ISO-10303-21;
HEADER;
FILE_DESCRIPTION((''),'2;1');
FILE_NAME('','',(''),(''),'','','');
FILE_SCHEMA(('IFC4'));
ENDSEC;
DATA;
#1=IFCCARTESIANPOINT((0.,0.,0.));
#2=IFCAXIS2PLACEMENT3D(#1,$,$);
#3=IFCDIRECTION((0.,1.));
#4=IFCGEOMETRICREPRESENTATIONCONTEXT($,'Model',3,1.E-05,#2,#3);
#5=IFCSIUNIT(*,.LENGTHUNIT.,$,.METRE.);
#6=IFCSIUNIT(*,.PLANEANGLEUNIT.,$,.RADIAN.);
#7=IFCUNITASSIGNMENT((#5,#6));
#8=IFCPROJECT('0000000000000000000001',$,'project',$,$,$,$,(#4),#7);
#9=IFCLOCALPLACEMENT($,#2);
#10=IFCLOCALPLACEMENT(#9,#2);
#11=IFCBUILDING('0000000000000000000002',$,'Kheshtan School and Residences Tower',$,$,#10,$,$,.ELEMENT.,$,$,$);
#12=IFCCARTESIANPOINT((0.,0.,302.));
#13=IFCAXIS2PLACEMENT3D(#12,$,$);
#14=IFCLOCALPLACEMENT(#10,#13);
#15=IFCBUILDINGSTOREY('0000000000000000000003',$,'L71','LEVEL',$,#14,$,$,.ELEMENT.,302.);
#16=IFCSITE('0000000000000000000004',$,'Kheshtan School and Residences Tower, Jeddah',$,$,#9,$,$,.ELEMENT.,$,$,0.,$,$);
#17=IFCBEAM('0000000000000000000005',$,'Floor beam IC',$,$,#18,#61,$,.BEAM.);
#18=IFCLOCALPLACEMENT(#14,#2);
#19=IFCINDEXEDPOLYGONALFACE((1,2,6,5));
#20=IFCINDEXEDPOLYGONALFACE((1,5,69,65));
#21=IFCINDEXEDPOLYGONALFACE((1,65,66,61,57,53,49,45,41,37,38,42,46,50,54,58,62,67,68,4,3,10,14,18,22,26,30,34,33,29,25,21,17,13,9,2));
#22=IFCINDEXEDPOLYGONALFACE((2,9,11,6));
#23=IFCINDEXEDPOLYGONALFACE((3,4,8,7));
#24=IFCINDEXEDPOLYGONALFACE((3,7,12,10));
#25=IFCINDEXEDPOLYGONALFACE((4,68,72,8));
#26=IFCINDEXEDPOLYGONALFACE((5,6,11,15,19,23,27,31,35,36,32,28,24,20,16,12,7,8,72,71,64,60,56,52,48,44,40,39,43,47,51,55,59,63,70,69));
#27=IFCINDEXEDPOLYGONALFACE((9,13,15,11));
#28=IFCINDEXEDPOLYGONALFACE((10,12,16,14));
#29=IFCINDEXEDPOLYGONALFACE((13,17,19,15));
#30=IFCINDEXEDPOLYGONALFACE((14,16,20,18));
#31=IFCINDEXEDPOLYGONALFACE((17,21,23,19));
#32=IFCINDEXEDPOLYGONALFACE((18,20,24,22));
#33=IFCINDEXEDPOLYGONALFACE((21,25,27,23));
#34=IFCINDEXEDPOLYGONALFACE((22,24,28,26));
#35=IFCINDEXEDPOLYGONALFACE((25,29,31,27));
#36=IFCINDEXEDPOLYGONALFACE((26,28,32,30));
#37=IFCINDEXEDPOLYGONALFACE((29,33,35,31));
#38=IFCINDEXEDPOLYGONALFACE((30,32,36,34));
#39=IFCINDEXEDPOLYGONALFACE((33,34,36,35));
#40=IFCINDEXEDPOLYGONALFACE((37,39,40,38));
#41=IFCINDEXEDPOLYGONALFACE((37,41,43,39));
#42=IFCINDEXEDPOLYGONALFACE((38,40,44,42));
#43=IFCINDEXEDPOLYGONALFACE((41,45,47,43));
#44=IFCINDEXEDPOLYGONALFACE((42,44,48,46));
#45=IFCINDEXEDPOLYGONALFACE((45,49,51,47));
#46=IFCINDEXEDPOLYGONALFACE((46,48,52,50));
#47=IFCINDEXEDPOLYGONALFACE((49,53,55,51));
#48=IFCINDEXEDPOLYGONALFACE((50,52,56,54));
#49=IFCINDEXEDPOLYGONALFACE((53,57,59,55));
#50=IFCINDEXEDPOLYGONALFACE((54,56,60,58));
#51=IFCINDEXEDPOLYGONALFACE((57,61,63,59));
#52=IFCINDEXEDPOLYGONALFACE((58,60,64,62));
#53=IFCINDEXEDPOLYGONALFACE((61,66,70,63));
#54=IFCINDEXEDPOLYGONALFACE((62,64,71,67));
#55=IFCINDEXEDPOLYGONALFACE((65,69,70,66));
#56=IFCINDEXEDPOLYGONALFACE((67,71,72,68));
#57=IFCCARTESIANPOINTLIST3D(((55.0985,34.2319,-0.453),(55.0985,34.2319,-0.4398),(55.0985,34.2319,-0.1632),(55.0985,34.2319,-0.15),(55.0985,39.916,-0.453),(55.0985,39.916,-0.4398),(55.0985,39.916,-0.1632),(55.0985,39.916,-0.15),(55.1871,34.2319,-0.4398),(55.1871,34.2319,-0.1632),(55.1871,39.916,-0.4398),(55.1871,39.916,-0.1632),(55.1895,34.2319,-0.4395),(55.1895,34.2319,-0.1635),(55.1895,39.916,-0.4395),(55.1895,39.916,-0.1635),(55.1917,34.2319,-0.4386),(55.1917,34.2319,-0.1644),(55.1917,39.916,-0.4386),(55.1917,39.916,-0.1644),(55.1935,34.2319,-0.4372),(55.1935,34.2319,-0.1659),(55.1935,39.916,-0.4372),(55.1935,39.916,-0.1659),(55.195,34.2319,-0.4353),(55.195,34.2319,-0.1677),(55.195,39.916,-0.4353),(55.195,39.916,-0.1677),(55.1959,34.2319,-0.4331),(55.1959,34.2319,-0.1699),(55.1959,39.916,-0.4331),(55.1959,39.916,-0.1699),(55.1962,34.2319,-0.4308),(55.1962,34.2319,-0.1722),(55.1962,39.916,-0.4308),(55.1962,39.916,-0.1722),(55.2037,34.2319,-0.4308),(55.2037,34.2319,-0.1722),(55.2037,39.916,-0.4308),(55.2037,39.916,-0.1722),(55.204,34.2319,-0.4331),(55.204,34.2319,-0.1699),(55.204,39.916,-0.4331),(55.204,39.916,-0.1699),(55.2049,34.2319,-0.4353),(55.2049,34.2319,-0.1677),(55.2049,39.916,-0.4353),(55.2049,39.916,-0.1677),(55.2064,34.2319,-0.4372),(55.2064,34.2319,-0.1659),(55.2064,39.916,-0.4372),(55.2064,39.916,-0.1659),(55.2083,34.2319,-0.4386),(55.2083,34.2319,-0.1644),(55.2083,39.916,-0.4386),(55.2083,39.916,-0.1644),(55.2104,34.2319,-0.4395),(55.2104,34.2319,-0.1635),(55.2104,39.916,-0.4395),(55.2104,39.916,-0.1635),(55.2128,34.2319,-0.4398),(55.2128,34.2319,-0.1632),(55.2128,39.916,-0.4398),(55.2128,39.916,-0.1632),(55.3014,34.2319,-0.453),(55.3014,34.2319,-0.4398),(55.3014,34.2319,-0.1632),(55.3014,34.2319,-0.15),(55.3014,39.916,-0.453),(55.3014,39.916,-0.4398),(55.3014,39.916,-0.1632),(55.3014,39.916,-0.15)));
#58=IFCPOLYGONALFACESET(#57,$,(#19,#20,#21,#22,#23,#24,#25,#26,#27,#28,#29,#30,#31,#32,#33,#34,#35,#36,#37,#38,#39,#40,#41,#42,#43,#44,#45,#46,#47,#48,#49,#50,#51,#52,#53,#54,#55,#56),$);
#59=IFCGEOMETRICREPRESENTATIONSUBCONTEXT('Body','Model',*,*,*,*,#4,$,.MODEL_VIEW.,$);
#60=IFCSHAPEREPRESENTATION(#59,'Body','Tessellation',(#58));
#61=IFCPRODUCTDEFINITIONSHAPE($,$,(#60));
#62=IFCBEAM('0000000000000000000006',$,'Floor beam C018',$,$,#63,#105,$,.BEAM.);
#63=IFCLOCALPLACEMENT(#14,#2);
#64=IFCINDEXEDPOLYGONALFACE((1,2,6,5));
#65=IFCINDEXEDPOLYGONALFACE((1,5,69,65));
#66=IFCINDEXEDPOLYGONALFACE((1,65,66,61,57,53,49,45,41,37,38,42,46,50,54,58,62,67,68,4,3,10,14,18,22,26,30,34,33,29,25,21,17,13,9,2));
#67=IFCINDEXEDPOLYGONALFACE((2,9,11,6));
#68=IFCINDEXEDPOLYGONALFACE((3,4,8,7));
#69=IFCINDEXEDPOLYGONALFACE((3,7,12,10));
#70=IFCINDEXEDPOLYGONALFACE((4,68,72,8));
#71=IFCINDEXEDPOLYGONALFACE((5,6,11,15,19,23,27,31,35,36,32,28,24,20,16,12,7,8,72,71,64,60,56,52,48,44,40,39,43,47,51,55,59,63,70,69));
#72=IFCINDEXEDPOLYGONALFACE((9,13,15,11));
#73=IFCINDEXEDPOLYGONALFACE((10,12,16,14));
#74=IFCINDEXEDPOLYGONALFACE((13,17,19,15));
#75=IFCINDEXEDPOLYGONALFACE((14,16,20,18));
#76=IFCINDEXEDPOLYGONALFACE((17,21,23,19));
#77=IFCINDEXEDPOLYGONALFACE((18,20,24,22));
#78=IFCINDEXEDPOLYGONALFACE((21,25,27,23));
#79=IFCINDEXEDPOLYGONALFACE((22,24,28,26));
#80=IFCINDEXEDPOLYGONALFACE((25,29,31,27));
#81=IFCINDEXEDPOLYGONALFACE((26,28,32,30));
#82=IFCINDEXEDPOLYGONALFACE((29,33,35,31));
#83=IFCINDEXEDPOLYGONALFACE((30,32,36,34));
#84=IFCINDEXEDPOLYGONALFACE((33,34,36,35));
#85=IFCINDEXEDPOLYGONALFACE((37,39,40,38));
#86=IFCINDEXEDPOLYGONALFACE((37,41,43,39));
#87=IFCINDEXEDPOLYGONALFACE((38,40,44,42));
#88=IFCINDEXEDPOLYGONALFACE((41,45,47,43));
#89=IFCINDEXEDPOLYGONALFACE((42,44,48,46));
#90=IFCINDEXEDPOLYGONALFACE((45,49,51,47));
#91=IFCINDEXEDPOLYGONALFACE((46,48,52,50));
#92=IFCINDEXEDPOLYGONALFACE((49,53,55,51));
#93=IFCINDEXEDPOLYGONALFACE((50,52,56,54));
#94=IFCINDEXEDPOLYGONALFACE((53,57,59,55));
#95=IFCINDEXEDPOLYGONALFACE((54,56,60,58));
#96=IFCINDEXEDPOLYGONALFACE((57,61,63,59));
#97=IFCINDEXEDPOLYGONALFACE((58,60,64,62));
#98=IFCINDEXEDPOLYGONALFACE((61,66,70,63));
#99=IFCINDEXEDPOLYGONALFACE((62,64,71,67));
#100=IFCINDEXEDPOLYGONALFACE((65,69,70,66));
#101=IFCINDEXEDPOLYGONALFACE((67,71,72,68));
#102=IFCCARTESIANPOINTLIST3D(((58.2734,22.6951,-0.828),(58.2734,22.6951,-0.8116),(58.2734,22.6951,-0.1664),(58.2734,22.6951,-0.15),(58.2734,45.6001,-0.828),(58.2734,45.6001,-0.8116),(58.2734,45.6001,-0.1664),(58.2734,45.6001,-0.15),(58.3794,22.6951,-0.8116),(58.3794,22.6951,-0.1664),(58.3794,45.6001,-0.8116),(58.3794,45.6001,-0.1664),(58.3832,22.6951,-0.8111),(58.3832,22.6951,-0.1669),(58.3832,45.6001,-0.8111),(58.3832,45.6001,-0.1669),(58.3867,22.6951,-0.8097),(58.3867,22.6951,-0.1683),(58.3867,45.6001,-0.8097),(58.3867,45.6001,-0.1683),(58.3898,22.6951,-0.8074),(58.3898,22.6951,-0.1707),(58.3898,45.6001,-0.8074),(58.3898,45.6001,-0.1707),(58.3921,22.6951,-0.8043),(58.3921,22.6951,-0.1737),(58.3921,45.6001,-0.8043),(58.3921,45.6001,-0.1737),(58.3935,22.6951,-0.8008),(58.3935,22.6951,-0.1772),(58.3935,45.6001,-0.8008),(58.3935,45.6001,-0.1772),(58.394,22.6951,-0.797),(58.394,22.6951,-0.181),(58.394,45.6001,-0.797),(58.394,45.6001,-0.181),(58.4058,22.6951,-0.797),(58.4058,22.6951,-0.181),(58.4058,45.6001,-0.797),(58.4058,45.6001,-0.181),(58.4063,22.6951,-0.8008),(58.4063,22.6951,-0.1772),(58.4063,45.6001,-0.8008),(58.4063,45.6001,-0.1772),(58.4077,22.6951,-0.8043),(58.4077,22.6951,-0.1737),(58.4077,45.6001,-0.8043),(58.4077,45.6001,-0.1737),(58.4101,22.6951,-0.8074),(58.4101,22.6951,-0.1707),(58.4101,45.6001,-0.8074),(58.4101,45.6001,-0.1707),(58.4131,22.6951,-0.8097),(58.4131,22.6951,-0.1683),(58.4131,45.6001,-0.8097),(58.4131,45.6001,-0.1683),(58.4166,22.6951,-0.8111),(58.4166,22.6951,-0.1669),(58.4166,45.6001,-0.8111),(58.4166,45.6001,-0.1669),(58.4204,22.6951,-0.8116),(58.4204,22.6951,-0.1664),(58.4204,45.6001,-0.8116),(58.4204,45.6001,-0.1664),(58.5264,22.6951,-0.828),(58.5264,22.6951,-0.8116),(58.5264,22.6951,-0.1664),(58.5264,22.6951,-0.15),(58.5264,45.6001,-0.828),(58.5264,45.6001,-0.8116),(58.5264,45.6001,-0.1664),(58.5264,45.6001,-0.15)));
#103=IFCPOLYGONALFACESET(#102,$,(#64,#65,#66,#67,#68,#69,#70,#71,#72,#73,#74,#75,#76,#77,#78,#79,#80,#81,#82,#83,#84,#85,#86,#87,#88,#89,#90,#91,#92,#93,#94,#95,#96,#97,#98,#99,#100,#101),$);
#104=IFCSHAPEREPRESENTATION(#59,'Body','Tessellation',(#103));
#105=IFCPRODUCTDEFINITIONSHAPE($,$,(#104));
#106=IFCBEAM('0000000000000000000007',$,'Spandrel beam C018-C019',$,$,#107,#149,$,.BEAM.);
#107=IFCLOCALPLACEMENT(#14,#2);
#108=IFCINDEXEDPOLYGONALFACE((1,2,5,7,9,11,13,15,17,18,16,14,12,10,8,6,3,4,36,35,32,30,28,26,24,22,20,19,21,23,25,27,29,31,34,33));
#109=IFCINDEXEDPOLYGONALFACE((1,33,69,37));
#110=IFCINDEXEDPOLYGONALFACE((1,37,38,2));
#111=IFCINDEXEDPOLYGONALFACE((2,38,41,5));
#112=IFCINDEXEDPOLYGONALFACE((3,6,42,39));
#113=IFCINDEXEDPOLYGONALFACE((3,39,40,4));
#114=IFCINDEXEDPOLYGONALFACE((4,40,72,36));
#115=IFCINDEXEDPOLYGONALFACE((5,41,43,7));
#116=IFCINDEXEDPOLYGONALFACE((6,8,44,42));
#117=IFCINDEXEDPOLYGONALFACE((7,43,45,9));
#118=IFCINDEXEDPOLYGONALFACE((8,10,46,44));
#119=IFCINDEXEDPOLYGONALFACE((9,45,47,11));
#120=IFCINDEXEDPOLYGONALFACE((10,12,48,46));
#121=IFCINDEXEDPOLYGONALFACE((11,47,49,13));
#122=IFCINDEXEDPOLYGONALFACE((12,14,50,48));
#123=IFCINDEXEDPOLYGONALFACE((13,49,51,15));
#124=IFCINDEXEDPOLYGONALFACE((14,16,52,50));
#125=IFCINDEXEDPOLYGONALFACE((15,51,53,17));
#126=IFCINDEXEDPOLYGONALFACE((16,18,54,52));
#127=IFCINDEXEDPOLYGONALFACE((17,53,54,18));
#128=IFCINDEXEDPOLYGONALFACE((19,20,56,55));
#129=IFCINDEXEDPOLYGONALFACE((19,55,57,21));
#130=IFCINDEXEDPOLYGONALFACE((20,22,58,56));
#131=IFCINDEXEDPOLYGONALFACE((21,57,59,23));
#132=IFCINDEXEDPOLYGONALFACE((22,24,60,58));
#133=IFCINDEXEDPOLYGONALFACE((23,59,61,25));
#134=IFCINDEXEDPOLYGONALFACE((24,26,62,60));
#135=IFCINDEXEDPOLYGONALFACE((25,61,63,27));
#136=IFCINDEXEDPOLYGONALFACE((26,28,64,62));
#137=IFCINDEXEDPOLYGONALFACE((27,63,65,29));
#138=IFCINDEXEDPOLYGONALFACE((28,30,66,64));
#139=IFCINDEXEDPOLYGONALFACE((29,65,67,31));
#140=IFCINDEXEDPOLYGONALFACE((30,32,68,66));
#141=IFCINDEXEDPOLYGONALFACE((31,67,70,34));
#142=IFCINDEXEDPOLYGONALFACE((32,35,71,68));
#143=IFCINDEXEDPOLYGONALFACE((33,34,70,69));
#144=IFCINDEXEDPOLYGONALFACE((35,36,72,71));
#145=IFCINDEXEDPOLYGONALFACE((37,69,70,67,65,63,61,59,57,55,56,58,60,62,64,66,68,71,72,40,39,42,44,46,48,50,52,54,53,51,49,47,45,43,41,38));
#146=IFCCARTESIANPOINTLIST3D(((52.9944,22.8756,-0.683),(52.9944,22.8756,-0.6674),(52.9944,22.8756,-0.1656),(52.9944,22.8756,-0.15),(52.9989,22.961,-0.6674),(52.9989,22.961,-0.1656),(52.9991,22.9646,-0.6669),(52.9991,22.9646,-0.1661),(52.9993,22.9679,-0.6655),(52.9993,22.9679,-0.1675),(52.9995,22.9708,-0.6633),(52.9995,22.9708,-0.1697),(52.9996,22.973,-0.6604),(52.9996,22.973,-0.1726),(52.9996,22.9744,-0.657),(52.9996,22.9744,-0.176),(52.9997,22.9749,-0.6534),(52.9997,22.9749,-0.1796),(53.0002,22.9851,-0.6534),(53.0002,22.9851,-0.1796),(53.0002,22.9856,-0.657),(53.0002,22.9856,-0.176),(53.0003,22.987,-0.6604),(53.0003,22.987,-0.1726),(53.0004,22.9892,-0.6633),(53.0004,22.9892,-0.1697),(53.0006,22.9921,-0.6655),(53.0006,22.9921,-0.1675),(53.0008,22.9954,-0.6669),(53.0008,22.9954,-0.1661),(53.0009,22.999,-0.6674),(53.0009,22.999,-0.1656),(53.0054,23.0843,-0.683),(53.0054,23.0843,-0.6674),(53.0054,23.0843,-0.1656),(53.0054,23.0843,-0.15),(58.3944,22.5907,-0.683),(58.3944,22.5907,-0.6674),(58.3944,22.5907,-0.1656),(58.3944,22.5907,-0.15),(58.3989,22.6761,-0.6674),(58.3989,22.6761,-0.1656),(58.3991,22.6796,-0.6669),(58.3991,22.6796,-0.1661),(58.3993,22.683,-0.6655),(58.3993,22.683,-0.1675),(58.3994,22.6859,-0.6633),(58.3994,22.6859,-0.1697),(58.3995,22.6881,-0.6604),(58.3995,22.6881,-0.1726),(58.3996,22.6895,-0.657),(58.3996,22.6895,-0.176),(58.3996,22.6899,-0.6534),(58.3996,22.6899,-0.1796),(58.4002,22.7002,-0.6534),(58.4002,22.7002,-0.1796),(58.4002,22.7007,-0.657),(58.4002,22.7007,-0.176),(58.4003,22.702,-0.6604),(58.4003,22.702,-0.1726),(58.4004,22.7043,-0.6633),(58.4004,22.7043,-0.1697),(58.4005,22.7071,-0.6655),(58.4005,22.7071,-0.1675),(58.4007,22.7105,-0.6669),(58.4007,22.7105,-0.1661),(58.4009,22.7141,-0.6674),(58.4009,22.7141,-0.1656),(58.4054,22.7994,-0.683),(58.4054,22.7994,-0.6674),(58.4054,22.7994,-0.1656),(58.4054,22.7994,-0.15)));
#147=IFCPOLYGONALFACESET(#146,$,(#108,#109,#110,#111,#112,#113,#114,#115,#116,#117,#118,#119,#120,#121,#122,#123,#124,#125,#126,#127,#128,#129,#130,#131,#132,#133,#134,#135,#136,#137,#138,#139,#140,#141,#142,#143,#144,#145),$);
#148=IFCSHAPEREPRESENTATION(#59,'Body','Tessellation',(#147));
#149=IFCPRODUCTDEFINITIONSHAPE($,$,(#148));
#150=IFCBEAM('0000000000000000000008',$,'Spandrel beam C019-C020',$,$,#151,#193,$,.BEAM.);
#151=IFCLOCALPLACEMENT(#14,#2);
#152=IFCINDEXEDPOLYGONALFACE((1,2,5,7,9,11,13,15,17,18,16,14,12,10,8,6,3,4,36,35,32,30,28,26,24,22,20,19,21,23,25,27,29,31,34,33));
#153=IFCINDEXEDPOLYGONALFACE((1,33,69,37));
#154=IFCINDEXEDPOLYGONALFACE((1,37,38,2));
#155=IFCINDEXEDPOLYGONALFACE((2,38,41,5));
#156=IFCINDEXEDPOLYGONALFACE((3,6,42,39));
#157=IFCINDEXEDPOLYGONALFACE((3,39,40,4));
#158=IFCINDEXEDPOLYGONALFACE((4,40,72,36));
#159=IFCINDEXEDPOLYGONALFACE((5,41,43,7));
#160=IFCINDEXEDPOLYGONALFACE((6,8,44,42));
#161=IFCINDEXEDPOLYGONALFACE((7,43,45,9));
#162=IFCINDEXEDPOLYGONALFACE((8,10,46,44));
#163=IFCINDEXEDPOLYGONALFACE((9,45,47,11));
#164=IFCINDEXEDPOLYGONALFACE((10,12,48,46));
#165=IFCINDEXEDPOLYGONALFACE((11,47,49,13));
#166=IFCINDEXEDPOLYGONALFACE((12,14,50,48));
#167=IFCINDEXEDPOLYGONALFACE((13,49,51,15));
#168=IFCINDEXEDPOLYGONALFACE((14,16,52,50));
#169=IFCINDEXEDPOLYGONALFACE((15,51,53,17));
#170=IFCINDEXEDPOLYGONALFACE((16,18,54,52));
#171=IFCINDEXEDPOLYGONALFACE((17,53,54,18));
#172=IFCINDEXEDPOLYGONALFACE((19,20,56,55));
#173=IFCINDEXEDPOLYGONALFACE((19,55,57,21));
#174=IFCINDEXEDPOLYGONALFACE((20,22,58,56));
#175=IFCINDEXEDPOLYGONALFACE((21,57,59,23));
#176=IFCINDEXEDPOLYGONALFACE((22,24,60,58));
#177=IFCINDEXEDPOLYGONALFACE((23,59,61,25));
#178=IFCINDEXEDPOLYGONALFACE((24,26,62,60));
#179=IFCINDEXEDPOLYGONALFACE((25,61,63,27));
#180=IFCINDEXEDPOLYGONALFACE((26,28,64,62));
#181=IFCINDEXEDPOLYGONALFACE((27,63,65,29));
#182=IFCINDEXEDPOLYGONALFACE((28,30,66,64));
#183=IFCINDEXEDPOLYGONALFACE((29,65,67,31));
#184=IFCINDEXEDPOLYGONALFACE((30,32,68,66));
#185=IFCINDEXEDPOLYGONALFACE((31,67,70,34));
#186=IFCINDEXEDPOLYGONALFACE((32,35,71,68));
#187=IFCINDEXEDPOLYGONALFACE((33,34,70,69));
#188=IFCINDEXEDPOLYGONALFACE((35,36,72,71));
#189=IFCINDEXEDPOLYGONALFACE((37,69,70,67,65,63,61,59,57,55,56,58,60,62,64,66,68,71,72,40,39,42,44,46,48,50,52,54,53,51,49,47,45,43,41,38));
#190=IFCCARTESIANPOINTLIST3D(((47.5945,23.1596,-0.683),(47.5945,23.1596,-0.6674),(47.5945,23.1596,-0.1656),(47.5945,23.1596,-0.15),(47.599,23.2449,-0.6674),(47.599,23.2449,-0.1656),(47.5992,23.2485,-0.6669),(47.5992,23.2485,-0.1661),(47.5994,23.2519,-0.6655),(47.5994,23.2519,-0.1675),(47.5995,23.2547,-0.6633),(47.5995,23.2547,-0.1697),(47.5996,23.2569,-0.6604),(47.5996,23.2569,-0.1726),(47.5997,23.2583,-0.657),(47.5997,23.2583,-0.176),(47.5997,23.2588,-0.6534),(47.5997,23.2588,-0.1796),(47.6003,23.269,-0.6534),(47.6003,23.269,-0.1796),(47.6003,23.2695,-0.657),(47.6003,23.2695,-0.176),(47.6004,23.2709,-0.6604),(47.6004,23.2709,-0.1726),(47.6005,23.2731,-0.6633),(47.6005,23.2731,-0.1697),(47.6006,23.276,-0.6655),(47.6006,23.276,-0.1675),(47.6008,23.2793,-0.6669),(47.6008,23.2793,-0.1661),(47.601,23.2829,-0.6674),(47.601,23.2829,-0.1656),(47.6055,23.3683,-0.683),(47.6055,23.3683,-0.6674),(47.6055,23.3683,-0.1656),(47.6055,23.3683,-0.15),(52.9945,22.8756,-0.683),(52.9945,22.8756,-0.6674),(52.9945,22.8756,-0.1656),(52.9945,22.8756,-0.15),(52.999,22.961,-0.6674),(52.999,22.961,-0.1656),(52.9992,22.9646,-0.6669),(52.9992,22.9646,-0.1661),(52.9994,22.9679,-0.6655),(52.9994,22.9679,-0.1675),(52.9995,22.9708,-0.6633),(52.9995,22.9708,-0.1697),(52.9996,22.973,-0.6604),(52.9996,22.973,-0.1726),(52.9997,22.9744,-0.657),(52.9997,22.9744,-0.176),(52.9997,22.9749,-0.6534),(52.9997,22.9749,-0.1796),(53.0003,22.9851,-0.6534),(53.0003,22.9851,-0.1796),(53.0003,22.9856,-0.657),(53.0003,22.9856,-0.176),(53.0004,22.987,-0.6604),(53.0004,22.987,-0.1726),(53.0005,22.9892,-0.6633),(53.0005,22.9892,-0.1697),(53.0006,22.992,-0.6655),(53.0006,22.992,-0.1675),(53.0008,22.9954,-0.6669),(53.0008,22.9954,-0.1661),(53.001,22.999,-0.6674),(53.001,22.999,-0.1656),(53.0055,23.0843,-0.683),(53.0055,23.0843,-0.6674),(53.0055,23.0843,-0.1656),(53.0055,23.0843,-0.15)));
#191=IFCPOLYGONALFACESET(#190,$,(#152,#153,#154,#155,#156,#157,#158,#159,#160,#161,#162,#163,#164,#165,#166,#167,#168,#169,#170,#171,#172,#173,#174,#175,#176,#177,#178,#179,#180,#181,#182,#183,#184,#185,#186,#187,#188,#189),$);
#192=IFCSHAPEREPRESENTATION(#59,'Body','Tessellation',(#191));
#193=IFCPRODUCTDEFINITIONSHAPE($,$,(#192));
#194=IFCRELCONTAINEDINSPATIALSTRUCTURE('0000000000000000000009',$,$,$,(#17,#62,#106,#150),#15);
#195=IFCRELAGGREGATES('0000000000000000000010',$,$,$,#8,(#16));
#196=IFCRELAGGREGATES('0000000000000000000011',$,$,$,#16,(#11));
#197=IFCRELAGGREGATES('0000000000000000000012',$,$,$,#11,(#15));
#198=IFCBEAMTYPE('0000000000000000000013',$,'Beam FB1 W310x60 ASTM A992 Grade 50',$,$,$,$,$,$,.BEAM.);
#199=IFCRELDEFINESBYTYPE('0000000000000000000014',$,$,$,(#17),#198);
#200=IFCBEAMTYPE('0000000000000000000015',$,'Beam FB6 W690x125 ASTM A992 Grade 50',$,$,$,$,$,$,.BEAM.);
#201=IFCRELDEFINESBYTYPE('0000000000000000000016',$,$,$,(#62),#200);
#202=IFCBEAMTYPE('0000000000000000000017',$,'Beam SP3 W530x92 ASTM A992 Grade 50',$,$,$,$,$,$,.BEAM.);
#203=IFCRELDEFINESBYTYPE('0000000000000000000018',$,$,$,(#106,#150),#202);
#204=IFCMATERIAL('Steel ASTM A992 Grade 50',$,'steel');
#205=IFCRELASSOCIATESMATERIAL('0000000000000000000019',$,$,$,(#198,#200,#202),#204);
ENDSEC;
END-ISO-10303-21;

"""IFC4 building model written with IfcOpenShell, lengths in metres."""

from ifc_helpers import new_model, si_unit, direction, frame, origin, origin_2d, place, context, subcontext, project, spatial, i_section, extrude, material, material_profile, profile_set, type_object, element, save


model = new_model("IFC4")

# Units and contexts
model_context = context("Model", 3, precision=1e-05, world=origin(), true_north=direction((0.0, 1.0)))
body_context = subcontext(model_context, "Body", "Model", "MODEL_VIEW")
ifc_project = project(units=[si_unit("LENGTHUNIT", "METRE"), si_unit("PLANEANGLEUNIT", "RADIAN")], contexts=[model_context])

# Site, building, storey
site_placement = place(None, origin())
site = spatial("IfcSite", under=ifc_project, at=site_placement, Name="Kheshtan School and Residences Tower, Jeddah", CompositionType="ELEMENT", RefElevation=0.0)
building_placement = place(site_placement, origin())
building = spatial("IfcBuilding", under=site, at=building_placement, Name="Kheshtan School and Residences Tower", CompositionType="ELEMENT")
storey_placement = place(building_placement, frame((0.0, 0.0, 302.0)))
storey = spatial("IfcBuildingStorey", under=building, at=storey_placement, Name="L71", Description="LEVEL", CompositionType="ELEMENT", Elevation=302.0)

# Shared definitions
ifc_material_1 = material(Name="Steel ASTM A992 Grade 50", Category="steel")

# Beams
ifc_material_profile_1 = material_profile(ifc_material_1, i_section(OverallWidth=0.2029, OverallDepth=0.303, WebThickness=0.0076, FlangeThickness=0.0132, FilletRadius=0.009, at=origin_2d()), Name="W310x60")
ifc_profile_set_1 = profile_set([ifc_material_profile_1], Name="Steel ASTM A992 Grade 50")
beam_type_1 = type_object("IfcBeamType", Name="Beam FB1 W310x60 ASTM A992 Grade 50", PredefinedType="BEAM", material=ifc_profile_set_1)
beam_1_placement = place(storey_placement, frame((55.2, 34.2319, -0.3015), z_axis=(0.0, 1.0, 0.0), x_axis=(-1.0, 0.0, 0.0)))
element("IfcBeam", 1, at=beam_1_placement, inside=storey, type_object=beam_type_1, Name="Floor beam IC", PredefinedType="BEAM", context=body_context, shape_type="SweptSolid", body=[
    extrude(i_section(OverallWidth=0.2029, OverallDepth=0.303, WebThickness=0.0076, FlangeThickness=0.0132, FilletRadius=0.009, at=origin_2d()), origin(), (0.0, 0.0, 1.0), 5.6841),
])
ifc_material_profile_2 = material_profile(ifc_material_1, i_section(OverallWidth=0.2529, OverallDepth=0.678, WebThickness=0.0117, FlangeThickness=0.0164, FilletRadius=0.0146, at=origin_2d()), Name="W690x125")
ifc_profile_set_2 = profile_set([ifc_material_profile_2], Name="Steel ASTM A992 Grade 50")
beam_type_2 = type_object("IfcBeamType", Name="Beam FB6 W690x125 ASTM A992 Grade 50", PredefinedType="BEAM", material=ifc_profile_set_2)
beam_2_placement = place(storey_placement, frame((58.3999, 22.6951, -0.489), z_axis=(0.0, 1.0, 0.0), x_axis=(-1.0, 0.0, 0.0)))
element("IfcBeam", 2, at=beam_2_placement, inside=storey, type_object=beam_type_2, Name="Floor beam C018", PredefinedType="BEAM", context=body_context, shape_type="SweptSolid", body=[
    extrude(i_section(OverallWidth=0.2529, OverallDepth=0.678, WebThickness=0.0117, FlangeThickness=0.0164, FilletRadius=0.0146, at=origin_2d()), origin(), (0.0, 0.0, 1.0), 22.905),
])
ifc_material_profile_3 = material_profile(ifc_material_1, i_section(OverallWidth=0.209, OverallDepth=0.533, WebThickness=0.0103, FlangeThickness=0.0156, FilletRadius=0.0139, at=origin_2d()), Name="W530x92")
ifc_profile_set_3 = profile_set([ifc_material_profile_3], Name="Steel ASTM A992 Grade 50")
beam_type_3 = type_object("IfcBeamType", Name="Beam SP3 W530x92 ASTM A992 Grade 50", PredefinedType="BEAM", material=ifc_profile_set_3)
for number, where, z_axis, x_axis, name in (
    (3, (58.3999, 22.6951, -0.4165), (-0.998611, 0.052689, 0.0), (-0.052689, -0.998611, 0.0), "Spandrel beam C018-C019"),
    (4, (53.0, 22.98, -0.4165), (-0.99862, 0.052509, 0.0), (-0.052509, -0.99862, 0.0), "Spandrel beam C019-C020"),
):
    element("IfcBeam", number, at=place(storey_placement, frame(where, z_axis=z_axis, x_axis=x_axis)), inside=storey, type_object=beam_type_3, Name=name, PredefinedType="BEAM", context=body_context, shape_type="SweptSolid", body=[
        extrude(i_section(OverallWidth=0.209, OverallDepth=0.533, WebThickness=0.0103, FlangeThickness=0.0156, FilletRadius=0.0139, at=origin_2d()), origin(), (0.0, 0.0, 1.0), 5.4075),
    ])

save(model, "model.ifc")
